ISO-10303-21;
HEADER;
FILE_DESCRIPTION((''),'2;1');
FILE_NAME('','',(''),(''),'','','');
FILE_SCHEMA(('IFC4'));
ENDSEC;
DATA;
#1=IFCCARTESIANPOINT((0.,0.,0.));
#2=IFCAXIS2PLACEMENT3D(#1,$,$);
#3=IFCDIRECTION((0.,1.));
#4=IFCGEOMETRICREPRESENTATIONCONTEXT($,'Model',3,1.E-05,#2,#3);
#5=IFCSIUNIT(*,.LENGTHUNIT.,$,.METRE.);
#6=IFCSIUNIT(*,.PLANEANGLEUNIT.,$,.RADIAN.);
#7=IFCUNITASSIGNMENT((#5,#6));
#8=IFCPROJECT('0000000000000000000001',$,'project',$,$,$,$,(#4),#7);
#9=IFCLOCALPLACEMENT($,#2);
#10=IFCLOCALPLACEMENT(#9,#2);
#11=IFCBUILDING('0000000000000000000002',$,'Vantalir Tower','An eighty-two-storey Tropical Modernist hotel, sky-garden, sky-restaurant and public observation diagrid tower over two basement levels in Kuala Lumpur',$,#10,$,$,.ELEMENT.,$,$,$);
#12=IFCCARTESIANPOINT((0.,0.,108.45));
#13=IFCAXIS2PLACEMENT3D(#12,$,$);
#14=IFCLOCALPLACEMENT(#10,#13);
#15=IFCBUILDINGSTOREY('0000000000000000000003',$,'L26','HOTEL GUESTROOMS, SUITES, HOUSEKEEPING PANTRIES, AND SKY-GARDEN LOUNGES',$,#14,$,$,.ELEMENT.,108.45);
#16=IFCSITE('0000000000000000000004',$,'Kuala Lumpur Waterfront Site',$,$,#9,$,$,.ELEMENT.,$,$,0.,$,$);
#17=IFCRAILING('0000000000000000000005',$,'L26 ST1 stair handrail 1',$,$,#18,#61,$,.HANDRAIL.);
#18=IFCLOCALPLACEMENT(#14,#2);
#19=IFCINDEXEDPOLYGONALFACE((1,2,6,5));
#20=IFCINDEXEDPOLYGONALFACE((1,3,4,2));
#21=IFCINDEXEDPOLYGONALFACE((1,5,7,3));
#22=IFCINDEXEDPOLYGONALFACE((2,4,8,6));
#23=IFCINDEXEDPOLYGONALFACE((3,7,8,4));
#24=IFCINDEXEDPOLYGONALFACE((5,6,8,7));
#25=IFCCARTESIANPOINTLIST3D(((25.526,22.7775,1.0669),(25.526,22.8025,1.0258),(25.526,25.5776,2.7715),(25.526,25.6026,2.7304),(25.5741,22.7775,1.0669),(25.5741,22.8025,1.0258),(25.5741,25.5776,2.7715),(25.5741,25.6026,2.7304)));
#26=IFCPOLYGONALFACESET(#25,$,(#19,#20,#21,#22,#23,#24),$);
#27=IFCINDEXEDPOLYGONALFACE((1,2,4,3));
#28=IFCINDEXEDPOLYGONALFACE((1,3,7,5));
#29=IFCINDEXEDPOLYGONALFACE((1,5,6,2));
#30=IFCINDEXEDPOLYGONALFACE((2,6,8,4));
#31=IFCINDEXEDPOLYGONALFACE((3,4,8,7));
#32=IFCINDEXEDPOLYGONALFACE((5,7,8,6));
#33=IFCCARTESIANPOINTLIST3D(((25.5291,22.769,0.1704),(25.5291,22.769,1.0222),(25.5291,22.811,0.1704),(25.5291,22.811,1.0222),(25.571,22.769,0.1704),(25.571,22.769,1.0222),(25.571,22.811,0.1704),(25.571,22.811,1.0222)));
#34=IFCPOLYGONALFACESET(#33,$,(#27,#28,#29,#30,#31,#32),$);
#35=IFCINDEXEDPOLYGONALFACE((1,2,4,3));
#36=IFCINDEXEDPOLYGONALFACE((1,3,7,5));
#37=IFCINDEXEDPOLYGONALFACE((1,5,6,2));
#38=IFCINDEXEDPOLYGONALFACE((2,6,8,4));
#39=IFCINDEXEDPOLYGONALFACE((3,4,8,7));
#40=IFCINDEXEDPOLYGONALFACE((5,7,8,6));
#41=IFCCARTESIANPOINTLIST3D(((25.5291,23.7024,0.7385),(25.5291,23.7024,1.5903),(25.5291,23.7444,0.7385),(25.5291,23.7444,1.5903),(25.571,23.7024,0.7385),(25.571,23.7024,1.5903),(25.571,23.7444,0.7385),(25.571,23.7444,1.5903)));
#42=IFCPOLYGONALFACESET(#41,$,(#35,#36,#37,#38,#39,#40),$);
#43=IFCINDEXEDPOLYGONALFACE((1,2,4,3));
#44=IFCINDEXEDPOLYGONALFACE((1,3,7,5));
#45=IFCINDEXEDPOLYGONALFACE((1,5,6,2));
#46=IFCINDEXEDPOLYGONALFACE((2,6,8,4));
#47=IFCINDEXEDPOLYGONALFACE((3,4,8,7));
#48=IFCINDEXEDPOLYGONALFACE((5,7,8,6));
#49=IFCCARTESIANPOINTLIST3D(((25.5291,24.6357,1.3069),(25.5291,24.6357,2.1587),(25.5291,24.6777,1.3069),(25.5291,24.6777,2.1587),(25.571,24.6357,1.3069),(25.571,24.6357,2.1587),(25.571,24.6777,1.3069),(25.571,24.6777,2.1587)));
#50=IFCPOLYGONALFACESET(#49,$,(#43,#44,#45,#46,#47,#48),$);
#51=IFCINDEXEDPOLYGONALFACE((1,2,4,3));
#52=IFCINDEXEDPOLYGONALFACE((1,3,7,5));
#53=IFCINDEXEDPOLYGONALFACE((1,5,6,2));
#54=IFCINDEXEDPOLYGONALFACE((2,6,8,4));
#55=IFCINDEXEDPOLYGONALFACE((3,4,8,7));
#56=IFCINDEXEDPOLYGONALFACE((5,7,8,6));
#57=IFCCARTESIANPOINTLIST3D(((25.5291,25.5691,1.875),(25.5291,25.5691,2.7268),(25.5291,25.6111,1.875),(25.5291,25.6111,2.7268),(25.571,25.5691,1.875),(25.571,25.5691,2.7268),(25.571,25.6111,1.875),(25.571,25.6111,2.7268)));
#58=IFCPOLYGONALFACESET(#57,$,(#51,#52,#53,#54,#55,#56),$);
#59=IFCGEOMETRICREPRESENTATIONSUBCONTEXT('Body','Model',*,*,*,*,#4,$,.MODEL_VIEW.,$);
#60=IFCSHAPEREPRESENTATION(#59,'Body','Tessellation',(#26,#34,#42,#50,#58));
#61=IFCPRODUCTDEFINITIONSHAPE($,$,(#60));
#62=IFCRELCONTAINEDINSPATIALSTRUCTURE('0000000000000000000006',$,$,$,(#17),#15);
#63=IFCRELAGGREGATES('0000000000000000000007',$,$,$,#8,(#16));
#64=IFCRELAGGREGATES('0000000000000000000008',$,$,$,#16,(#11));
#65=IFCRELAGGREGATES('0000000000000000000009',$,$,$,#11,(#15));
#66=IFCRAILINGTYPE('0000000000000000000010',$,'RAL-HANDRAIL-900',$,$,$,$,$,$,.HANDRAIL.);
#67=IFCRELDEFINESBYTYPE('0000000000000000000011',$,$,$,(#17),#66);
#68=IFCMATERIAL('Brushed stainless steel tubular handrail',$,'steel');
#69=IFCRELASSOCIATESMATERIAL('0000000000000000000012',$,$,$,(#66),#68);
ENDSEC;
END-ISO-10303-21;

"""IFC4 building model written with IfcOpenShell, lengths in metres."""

from ifc_helpers import new_model, si_unit, direction, frame, origin, origin_2d, place, context, subcontext, project, spatial, rectangle, extrude, material, type_object, element, save


model = new_model("IFC4")

# Units and contexts
model_context = context("Model", 3, precision=1e-05, world=origin(), true_north=direction((0.0, 1.0)))
body_context = subcontext(model_context, "Body", "Model", "MODEL_VIEW")
ifc_project = project(units=[si_unit("LENGTHUNIT", "METRE"), si_unit("PLANEANGLEUNIT", "RADIAN")], contexts=[model_context])

# Site, building, storey
site_placement = place(None, origin())
site = spatial("IfcSite", under=ifc_project, at=site_placement, Name="Kuala Lumpur Waterfront Site", CompositionType="ELEMENT", RefElevation=0.0)
building_placement = place(site_placement, origin())
building = spatial("IfcBuilding", under=site, at=building_placement, Name="Vantalir Tower", Description="An eighty-two-storey Tropical Modernist hotel, sky-garden, sky-restaurant and public observation diagrid tower over two basement levels in Kuala Lumpur", CompositionType="ELEMENT")
storey_placement = place(building_placement, frame((0.0, 0.0, 108.45)))
storey = spatial("IfcBuildingStorey", under=building, at=storey_placement, Name="L26", Description="HOTEL GUESTROOMS, SUITES, HOUSEKEEPING PANTRIES, AND SKY-GARDEN LOUNGES", CompositionType="ELEMENT", Elevation=108.45)

# Railing
ifc_material_1 = material(Name="Brushed stainless steel tubular handrail", Category="steel")
railing_type_1 = type_object("IfcRailingType", Name="RAL-HANDRAIL-900", PredefinedType="HANDRAIL", material=ifc_material_1)
railing_1_placement = place(storey_placement, frame((25.55, 22.79, 0.1704)))
element("IfcRailing", 1, at=railing_1_placement, inside=storey, type_object=railing_type_1, Name="L26 ST1 stair handrail 1", PredefinedType="HANDRAIL", context=body_context, shape_type="SweptSolid", body=[
    extrude(rectangle(XDim=0.0481, YDim=0.0481, at=origin_2d()), frame((0.0, 0.0, 0.876), z_axis=(0.0, 0.85417, 0.519994), x_axis=(-1.0, 0.0, 0.0)), (0.0, 0.0, 1.0), 3.2781),
    extrude(rectangle(XDim=0.042, YDim=0.042, at=origin_2d()), origin(), (0.0, 0.0, 1.0), 0.8518),
    extrude(rectangle(XDim=0.042, YDim=0.042, at=origin_2d()), frame((0.0, 0.9333, 0.5681)), (0.0, 0.0, 1.0), 0.8518),
    extrude(rectangle(XDim=0.042, YDim=0.042, at=origin_2d()), frame((0.0, 1.8667, 1.1365)), (0.0, 0.0, 1.0), 0.8518),
    extrude(rectangle(XDim=0.042, YDim=0.042, at=origin_2d()), frame((0.0, 2.8, 1.7046)), (0.0, 0.0, 1.0), 0.8518),
])

save(model, "model.ifc")
